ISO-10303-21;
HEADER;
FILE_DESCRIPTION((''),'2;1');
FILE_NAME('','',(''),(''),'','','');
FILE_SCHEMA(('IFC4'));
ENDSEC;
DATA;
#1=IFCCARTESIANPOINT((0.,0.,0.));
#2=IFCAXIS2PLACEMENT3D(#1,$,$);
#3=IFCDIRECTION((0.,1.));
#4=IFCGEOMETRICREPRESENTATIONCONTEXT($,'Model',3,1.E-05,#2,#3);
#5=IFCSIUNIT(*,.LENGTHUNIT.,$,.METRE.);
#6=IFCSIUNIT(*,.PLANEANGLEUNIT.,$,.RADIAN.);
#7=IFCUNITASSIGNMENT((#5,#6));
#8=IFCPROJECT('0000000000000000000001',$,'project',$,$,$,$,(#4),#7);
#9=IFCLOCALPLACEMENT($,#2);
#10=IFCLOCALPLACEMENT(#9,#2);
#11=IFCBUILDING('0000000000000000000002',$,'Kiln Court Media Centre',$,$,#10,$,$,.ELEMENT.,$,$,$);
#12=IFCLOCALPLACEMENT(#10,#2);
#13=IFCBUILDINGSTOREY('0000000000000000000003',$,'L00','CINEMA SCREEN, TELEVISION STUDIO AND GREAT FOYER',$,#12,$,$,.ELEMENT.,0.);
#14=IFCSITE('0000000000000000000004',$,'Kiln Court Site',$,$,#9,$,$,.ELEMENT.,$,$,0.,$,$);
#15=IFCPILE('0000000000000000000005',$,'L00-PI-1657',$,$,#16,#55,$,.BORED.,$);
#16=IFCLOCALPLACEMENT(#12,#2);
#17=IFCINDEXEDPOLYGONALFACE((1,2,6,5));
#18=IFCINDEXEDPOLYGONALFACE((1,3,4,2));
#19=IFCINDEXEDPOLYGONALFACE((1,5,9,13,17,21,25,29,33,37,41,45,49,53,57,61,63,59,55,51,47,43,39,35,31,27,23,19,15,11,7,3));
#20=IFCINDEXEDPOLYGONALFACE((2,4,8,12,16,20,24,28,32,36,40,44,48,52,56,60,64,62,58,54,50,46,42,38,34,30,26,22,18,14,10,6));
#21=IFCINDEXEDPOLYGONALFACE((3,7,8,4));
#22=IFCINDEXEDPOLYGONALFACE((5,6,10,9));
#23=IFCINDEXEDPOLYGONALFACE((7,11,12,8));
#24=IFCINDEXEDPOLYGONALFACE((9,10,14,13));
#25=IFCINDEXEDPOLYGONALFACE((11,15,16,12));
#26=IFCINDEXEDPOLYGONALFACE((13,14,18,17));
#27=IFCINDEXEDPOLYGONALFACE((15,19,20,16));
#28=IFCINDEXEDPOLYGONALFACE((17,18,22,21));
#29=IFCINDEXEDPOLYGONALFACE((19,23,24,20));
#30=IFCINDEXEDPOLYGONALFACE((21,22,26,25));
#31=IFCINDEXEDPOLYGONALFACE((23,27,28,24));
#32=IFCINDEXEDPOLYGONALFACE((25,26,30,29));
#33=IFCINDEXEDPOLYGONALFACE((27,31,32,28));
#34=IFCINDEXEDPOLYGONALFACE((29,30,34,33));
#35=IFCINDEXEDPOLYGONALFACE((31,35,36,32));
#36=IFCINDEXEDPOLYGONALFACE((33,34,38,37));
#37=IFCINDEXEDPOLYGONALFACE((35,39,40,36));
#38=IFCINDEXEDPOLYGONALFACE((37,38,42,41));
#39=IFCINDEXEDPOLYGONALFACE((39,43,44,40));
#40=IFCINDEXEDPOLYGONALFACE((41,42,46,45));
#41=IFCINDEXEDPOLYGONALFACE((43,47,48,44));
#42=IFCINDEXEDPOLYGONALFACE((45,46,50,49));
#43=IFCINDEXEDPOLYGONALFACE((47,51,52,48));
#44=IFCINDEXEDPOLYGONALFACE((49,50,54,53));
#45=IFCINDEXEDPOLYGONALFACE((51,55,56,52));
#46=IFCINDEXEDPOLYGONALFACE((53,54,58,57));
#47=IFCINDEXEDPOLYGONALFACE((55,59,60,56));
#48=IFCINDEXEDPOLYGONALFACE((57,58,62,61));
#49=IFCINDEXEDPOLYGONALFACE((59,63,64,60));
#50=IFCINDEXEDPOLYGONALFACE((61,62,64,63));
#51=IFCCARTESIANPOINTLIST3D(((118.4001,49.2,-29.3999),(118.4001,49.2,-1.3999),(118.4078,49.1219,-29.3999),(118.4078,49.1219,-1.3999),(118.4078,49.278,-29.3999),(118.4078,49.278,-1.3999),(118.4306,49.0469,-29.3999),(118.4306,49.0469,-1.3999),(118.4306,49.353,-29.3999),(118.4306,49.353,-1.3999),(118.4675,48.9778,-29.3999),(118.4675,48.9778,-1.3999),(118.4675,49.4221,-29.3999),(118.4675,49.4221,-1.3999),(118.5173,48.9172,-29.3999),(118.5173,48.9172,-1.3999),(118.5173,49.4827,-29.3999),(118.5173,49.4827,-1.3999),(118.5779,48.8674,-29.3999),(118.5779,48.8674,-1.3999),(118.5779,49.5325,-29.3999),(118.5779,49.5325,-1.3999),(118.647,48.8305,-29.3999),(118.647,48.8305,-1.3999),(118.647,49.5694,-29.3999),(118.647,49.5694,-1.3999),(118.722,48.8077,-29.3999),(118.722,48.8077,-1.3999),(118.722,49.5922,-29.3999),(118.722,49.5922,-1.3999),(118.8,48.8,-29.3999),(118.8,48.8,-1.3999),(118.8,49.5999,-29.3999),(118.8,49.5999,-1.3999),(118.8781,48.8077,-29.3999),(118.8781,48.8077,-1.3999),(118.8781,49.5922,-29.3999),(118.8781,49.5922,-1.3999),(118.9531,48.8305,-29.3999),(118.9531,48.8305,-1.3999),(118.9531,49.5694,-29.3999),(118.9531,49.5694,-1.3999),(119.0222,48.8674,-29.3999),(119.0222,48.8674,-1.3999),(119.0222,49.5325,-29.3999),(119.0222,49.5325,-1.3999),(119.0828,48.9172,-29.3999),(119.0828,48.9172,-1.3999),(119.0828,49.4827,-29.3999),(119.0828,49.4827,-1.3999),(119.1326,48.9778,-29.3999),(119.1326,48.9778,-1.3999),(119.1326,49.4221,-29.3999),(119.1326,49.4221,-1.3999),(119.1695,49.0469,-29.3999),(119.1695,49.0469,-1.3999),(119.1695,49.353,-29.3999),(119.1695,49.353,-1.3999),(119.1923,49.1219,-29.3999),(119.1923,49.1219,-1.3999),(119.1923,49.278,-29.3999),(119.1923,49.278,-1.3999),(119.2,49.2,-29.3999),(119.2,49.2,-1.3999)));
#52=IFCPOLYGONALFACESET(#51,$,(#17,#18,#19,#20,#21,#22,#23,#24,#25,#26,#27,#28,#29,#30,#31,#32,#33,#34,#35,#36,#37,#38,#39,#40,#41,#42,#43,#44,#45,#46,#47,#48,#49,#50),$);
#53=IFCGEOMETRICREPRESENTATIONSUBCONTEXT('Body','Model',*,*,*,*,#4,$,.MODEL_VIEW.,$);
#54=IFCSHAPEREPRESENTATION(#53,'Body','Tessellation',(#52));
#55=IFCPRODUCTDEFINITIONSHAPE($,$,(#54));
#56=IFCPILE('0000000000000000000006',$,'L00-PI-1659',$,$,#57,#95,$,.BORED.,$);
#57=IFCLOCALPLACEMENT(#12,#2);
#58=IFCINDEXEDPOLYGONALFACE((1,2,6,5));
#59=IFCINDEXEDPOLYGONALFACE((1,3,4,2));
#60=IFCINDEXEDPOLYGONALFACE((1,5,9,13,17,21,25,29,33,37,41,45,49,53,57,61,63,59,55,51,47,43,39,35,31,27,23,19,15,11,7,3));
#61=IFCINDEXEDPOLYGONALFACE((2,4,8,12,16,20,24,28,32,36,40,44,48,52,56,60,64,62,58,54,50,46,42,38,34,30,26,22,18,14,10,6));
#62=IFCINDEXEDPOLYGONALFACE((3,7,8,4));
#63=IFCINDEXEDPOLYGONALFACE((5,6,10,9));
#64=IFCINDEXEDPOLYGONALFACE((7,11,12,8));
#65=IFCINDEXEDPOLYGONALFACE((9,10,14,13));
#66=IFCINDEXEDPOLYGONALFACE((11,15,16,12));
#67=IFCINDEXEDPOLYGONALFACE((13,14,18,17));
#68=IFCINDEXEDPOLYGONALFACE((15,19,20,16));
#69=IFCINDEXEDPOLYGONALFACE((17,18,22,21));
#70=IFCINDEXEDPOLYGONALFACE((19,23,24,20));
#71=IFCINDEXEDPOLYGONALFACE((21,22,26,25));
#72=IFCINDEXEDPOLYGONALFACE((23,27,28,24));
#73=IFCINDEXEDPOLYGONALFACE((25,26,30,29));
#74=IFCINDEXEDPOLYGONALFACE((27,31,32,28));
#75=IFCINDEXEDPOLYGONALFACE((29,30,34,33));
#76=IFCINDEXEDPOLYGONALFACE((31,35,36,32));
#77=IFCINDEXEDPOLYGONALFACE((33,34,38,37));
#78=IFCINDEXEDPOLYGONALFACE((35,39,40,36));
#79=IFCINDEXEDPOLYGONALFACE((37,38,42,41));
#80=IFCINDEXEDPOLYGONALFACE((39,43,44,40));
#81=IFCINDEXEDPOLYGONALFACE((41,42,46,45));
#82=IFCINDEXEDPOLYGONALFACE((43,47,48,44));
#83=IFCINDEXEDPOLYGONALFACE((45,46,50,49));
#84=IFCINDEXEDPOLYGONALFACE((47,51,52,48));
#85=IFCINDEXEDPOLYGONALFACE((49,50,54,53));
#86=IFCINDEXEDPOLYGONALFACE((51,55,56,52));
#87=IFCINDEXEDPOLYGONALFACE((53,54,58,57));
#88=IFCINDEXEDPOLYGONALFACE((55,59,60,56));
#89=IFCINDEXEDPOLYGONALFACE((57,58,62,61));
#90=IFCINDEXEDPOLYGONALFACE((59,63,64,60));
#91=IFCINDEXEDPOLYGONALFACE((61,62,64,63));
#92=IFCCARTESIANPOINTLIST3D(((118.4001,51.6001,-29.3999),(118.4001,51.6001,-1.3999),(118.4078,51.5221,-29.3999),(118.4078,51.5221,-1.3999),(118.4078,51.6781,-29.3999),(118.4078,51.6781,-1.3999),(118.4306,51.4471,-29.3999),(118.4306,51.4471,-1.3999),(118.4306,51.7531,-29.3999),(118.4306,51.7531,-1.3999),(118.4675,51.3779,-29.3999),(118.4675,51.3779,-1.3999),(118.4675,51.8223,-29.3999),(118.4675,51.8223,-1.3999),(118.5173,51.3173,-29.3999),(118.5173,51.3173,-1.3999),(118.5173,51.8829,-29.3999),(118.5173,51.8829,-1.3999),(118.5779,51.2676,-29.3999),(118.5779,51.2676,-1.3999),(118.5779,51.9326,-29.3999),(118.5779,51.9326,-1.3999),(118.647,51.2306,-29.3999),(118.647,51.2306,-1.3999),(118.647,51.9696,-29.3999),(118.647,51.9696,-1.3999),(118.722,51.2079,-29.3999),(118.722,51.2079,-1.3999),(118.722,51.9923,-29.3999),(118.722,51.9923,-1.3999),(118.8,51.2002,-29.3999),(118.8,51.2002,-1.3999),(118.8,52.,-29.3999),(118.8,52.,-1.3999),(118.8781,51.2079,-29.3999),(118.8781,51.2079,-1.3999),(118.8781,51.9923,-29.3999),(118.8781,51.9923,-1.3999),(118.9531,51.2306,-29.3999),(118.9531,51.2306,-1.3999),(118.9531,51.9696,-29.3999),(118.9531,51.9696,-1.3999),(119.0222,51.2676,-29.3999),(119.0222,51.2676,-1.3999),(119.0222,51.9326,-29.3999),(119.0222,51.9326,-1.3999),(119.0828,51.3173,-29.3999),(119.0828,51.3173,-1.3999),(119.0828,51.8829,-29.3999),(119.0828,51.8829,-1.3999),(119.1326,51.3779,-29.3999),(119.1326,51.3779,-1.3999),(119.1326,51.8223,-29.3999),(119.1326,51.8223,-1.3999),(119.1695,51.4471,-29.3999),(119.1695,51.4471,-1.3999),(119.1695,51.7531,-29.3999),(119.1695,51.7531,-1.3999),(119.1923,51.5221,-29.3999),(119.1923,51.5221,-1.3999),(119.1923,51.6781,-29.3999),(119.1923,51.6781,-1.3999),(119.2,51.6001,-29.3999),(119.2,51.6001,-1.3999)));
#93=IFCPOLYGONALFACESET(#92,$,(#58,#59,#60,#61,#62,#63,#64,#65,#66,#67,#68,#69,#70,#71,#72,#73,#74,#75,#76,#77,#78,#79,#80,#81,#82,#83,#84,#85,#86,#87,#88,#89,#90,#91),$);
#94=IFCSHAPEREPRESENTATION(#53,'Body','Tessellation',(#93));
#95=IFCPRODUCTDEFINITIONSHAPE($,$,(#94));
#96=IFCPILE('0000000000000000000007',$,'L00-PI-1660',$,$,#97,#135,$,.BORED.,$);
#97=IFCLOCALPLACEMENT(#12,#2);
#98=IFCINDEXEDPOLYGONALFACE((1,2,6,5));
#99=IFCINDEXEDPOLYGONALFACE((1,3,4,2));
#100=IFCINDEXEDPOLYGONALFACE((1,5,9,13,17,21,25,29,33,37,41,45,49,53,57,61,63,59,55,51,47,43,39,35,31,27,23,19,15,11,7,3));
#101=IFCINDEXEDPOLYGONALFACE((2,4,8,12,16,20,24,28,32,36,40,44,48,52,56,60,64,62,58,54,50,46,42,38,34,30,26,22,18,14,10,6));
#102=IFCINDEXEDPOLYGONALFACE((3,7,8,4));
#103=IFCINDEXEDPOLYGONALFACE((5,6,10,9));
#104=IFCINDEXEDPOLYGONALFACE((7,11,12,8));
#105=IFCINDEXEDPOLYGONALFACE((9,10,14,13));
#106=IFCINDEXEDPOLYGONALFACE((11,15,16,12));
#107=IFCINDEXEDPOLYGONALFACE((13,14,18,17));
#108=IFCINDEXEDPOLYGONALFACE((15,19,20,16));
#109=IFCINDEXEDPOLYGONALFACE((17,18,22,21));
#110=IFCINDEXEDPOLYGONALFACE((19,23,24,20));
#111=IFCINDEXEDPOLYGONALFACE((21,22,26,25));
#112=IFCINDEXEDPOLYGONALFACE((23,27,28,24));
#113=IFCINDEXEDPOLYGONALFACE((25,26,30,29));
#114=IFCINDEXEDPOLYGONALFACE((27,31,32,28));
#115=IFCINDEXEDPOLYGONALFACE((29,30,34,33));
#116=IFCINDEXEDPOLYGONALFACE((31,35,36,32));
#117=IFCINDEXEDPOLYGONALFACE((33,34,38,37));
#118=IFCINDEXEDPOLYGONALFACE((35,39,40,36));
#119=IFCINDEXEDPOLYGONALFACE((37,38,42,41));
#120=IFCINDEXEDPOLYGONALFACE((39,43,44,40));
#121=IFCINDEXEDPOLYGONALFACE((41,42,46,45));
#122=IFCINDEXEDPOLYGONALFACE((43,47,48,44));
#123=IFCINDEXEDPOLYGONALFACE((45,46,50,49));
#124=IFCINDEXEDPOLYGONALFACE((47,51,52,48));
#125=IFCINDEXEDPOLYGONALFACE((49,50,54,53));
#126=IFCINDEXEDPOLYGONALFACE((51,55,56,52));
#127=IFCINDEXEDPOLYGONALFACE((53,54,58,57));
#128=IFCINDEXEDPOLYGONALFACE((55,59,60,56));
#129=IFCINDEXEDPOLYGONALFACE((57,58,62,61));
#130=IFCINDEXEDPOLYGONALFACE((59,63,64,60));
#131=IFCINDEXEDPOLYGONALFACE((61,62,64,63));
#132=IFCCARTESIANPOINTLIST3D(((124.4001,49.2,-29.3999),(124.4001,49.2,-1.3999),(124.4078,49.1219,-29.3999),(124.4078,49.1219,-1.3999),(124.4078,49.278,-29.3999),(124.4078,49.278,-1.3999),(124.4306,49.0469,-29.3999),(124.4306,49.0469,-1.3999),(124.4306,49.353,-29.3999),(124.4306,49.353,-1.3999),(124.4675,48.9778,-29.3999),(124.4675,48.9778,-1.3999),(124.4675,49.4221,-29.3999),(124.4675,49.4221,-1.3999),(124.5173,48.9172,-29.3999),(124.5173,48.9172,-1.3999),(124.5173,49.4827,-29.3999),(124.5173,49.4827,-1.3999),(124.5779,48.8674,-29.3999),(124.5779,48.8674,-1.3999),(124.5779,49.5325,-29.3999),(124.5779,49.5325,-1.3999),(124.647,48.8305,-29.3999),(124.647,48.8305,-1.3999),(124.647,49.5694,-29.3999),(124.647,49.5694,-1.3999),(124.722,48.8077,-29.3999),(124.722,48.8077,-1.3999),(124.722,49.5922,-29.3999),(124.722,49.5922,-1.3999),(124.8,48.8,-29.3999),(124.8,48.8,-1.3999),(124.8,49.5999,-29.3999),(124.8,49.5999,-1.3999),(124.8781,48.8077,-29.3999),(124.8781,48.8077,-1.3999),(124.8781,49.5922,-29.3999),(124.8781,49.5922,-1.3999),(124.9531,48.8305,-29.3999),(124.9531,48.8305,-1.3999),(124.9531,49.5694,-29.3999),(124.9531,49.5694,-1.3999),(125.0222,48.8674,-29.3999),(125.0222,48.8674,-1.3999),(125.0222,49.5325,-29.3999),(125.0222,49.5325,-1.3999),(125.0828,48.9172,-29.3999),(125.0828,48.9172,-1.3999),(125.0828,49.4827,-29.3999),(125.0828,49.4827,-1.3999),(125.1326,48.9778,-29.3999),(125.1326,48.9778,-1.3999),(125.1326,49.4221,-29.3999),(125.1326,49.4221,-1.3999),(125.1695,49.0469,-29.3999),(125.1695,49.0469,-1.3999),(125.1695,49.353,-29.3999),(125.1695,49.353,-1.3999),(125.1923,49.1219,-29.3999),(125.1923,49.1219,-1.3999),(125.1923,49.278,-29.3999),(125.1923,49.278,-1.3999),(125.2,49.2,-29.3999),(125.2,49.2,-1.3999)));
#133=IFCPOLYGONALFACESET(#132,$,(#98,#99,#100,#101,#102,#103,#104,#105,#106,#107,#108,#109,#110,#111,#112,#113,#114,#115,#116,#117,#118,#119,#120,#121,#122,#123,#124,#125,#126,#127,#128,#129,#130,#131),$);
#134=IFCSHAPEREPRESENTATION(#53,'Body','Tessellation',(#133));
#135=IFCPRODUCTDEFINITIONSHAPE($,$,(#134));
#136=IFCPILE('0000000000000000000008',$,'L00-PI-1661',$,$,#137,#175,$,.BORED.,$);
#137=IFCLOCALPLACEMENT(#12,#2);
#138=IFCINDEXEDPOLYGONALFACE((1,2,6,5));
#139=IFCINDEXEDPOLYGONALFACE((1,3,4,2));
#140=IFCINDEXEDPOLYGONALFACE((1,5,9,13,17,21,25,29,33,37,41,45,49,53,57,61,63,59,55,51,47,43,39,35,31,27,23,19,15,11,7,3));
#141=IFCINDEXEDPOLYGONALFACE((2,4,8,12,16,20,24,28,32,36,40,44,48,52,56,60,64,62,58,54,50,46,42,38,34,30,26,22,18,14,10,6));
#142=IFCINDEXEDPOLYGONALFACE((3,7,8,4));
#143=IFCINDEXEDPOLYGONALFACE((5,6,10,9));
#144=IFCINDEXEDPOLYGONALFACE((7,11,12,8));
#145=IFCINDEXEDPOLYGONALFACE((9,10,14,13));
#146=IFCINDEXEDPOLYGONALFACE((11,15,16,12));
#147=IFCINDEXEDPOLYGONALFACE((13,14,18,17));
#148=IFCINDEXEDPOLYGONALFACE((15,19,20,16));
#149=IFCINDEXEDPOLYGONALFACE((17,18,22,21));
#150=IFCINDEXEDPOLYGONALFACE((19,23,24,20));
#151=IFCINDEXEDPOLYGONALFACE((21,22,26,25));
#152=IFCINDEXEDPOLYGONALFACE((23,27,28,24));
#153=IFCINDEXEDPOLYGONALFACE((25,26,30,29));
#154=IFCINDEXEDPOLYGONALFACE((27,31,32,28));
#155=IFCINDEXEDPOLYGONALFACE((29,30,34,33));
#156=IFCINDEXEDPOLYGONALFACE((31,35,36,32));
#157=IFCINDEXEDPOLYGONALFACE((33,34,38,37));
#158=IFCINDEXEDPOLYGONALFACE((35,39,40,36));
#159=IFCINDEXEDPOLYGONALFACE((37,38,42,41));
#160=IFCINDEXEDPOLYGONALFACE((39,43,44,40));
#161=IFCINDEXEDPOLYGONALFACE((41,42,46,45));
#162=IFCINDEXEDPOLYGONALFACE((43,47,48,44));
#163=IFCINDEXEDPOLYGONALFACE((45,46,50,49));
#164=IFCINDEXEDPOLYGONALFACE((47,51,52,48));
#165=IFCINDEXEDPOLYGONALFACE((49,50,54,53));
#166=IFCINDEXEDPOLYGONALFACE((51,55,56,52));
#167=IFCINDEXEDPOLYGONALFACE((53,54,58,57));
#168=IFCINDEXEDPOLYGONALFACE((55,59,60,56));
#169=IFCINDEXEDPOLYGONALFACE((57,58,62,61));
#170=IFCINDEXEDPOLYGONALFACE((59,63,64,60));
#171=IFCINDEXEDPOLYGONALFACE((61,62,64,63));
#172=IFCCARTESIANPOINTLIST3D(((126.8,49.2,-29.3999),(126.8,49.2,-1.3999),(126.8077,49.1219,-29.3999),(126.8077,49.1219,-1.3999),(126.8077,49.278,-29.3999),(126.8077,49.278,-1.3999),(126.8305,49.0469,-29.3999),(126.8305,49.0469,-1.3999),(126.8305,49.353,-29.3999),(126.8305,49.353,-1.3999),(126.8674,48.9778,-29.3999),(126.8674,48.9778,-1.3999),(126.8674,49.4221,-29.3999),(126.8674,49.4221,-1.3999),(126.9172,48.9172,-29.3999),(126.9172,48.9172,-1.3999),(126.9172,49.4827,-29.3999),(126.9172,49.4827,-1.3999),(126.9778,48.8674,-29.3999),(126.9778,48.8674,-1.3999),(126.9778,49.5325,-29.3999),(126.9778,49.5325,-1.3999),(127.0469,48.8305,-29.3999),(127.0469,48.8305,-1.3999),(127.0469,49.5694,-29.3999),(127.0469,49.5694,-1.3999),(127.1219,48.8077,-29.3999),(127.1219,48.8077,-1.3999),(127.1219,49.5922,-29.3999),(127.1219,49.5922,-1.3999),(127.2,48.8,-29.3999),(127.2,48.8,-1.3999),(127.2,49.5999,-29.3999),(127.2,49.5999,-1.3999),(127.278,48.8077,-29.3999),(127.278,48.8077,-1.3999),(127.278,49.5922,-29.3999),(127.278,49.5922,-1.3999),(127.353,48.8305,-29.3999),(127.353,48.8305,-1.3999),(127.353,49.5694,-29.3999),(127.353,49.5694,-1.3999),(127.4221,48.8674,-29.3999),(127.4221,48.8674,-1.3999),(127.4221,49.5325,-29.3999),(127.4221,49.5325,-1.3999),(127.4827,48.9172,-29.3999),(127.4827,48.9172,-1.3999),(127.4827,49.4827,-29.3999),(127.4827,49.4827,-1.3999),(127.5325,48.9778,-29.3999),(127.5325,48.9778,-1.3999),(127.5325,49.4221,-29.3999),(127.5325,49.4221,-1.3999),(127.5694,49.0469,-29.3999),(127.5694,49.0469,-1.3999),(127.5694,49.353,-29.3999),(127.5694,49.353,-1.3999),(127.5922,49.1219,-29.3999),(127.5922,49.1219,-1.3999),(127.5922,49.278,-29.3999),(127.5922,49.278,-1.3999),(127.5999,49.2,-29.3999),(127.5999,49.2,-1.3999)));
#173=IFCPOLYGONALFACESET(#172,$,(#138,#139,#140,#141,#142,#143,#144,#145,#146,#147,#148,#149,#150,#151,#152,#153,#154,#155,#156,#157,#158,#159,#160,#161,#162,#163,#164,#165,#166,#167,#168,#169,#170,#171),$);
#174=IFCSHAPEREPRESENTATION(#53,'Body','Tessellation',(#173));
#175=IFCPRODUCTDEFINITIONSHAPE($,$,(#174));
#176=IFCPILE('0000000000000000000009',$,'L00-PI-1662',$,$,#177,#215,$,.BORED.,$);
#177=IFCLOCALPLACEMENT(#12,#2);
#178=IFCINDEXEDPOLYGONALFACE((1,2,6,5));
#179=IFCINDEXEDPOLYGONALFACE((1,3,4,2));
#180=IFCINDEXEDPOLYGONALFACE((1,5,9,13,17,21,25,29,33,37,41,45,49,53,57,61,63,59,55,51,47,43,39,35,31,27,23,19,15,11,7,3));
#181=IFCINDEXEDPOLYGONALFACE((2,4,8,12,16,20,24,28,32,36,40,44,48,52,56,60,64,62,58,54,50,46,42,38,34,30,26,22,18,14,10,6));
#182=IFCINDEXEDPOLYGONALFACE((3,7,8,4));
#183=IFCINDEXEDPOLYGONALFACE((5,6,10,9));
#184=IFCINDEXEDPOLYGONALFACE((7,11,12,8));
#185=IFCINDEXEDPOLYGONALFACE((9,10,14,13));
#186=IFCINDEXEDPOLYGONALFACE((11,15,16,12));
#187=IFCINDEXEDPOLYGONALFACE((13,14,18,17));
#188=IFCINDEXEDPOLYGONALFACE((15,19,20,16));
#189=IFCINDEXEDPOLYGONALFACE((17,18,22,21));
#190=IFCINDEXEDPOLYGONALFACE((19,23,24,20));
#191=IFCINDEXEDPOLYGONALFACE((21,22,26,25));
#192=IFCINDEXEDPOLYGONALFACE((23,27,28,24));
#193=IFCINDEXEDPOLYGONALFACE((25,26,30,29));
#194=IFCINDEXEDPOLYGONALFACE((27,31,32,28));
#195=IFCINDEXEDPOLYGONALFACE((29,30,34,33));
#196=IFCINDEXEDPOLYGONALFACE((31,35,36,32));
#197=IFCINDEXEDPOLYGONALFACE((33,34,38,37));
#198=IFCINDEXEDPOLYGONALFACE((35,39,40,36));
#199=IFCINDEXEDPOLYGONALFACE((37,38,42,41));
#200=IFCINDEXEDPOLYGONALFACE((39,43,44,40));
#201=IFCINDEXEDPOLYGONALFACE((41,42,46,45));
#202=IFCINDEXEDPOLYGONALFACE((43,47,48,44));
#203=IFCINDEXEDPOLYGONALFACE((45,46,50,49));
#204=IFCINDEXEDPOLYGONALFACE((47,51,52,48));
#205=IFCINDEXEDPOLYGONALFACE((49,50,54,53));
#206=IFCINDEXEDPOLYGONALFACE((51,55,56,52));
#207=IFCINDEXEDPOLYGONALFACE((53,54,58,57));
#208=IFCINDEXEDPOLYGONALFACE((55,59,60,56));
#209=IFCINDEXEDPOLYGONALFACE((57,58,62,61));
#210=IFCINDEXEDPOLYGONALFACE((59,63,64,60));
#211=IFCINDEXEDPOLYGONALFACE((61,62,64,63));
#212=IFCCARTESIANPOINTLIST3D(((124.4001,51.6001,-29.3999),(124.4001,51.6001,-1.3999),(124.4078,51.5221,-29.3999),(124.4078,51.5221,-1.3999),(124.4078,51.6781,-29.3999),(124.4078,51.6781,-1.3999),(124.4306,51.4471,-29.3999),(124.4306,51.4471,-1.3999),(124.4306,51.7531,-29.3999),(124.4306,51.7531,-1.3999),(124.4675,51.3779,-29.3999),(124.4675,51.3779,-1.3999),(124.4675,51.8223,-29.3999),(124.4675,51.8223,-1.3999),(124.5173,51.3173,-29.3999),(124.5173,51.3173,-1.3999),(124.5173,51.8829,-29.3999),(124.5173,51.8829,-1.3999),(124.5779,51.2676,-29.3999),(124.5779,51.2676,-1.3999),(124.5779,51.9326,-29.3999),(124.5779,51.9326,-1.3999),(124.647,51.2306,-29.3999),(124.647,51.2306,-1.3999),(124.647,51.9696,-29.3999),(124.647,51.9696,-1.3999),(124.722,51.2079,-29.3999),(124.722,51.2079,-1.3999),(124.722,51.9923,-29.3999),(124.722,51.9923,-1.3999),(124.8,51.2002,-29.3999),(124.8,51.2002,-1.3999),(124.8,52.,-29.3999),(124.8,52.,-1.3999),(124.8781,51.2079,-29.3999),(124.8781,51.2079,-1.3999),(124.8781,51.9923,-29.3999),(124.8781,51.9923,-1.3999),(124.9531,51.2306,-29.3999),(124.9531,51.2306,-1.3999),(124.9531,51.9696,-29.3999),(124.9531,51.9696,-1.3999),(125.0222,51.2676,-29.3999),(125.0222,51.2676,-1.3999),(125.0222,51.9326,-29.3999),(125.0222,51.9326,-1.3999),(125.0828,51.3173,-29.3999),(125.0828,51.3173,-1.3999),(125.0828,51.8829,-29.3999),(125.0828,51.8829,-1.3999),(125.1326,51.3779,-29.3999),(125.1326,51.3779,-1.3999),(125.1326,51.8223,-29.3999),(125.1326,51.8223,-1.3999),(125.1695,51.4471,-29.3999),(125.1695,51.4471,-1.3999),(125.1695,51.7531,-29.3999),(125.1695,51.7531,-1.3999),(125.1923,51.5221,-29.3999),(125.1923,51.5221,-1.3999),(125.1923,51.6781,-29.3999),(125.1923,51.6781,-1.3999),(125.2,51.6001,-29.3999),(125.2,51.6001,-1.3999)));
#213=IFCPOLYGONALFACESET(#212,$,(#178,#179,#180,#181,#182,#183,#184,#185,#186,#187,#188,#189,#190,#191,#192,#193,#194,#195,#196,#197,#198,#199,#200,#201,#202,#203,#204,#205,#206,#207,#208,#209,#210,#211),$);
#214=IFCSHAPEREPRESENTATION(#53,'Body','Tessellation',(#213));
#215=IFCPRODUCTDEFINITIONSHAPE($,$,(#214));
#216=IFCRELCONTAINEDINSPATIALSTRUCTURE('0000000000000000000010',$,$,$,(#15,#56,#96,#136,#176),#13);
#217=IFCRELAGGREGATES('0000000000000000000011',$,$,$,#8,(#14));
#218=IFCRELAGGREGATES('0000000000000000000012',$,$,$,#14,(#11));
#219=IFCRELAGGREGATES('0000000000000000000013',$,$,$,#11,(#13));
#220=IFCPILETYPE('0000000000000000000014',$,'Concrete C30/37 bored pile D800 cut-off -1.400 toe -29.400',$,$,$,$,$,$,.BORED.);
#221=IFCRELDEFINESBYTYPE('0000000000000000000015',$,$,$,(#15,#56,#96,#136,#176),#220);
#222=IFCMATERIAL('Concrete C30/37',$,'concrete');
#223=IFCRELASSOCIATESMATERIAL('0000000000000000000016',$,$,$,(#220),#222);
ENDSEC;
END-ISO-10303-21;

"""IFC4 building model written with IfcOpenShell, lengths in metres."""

from ifc_helpers import new_model, si_unit, direction, frame, origin, origin_2d, place, context, subcontext, project, spatial, circle, extrude, material, material_profile, profile_set, type_object, element, save


model = new_model("IFC4")

# Units and contexts
model_context = context("Model", 3, precision=1e-05, world=origin(), true_north=direction((0.0, 1.0)))
body_context = subcontext(model_context, "Body", "Model", "MODEL_VIEW")
ifc_project = project(units=[si_unit("LENGTHUNIT", "METRE"), si_unit("PLANEANGLEUNIT", "RADIAN")], contexts=[model_context])

# Site, building, storey
site_placement = place(None, origin())
site = spatial("IfcSite", under=ifc_project, at=site_placement, Name="Kiln Court Site", CompositionType="ELEMENT", RefElevation=0.0)
building_placement = place(site_placement, origin())
building = spatial("IfcBuilding", under=site, at=building_placement, Name="Kiln Court Media Centre", CompositionType="ELEMENT")
storey_placement = place(building_placement, origin())
storey = spatial("IfcBuildingStorey", under=building, at=storey_placement, Name="L00", Description="CINEMA SCREEN, TELEVISION STUDIO AND GREAT FOYER", CompositionType="ELEMENT", Elevation=0.0)

# Piles
ifc_material_1 = material(Name="Concrete C30/37", Category="concrete")
ifc_material_profile_1 = material_profile(ifc_material_1, circle(Radius=0.3999, at=origin_2d()), Name="PILE D800")
ifc_profile_set_1 = profile_set([ifc_material_profile_1], Name="Concrete C30/37")
pile_type = type_object("IfcPileType", Name="Concrete C30/37 bored pile D800 cut-off -1.400 toe -29.400", PredefinedType="BORED", material=ifc_profile_set_1)
for number, where, z_axis, x_axis, name in (
    (1, (118.8, 49.2, -1.3999), (0.0, 0.0, -1.0), (1.0, 0.0, 0.0), "L00-PI-1657"),
    (2, (118.8, 51.6001, -1.3999), (0.0, 0.0, -1.0), (1.0, 0.0, 0.0), "L00-PI-1659"),
    (3, (124.8, 49.2, -1.3999), (0.0, 0.0, -1.0), (1.0, 0.0, 0.0), "L00-PI-1660"),
    (4, (127.2, 49.2, -1.3999), (0.0, 0.0, -1.0), (1.0, 0.0, 0.0), "L00-PI-1661"),
    (5, (124.8, 51.6001, -1.3999), (0.0, 0.0, -1.0), (1.0, 0.0, 0.0), "L00-PI-1662"),
):
    element("IfcPile", number, at=place(storey_placement, frame(where, z_axis=z_axis, x_axis=x_axis)), inside=storey, type_object=pile_type, Name=name, PredefinedType="BORED", context=body_context, shape_type="SweptSolid", body=[
        extrude(circle(Radius=0.3999, at=origin_2d()), origin(), (0.0, 0.0, 1.0), 28.0),
    ])

save(model, "model.ifc")
